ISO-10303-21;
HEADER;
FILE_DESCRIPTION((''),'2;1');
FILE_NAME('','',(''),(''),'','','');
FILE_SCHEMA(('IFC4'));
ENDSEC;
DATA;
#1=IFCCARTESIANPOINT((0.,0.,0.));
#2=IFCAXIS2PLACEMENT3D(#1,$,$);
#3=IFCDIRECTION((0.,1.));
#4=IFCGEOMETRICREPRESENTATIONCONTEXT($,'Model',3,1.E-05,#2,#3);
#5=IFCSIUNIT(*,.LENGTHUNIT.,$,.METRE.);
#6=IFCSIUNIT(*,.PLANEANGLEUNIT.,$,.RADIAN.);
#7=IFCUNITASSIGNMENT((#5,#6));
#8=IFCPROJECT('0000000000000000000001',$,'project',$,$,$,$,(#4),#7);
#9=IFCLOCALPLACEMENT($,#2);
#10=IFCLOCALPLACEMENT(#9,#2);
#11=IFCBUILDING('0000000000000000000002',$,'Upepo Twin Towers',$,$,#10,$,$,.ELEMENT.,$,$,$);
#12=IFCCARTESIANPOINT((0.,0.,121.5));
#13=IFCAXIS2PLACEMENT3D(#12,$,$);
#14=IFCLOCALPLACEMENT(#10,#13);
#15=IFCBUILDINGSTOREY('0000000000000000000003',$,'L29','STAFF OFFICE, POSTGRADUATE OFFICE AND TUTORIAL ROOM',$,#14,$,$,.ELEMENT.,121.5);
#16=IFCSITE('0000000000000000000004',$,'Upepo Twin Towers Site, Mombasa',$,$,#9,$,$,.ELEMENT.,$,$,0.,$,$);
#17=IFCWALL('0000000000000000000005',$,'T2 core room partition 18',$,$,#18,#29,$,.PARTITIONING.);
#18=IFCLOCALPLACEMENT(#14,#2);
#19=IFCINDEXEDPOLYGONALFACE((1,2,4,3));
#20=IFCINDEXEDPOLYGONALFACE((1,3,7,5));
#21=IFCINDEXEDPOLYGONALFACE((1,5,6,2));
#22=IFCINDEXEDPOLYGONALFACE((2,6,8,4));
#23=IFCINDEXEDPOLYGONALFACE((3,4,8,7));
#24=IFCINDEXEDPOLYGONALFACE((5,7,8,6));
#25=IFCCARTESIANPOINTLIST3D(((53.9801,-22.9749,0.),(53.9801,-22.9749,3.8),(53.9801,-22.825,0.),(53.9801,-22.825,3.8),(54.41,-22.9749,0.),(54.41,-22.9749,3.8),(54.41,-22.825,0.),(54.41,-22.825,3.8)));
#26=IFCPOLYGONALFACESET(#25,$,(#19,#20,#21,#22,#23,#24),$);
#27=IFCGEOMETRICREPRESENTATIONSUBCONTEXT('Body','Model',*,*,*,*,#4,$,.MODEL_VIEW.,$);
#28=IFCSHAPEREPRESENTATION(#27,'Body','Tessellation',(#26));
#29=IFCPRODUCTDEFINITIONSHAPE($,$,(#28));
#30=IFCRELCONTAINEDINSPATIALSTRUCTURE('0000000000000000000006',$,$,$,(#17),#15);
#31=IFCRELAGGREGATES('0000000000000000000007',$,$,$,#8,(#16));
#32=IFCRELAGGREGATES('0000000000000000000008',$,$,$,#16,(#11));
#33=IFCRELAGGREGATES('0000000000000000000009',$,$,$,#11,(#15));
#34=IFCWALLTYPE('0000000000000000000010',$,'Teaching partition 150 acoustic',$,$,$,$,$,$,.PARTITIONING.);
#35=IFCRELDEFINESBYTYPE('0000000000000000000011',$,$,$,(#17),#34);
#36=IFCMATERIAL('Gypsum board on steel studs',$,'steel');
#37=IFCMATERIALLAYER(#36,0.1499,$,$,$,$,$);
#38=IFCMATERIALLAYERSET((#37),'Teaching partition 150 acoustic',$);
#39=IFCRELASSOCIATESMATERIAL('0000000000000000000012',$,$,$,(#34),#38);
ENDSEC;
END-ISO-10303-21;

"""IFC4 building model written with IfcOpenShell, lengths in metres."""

from ifc_helpers import new_model, si_unit, direction, frame, frame_2d, origin, place, context, subcontext, project, spatial, rectangle, extrude, material, layer, layer_set, type_object, element, save


model = new_model("IFC4")

# Units and contexts
model_context = context("Model", 3, precision=1e-05, world=origin(), true_north=direction((0.0, 1.0)))
body_context = subcontext(model_context, "Body", "Model", "MODEL_VIEW")
ifc_project = project(units=[si_unit("LENGTHUNIT", "METRE"), si_unit("PLANEANGLEUNIT", "RADIAN")], contexts=[model_context])

# Site, building, storey
site_placement = place(None, origin())
site = spatial("IfcSite", under=ifc_project, at=site_placement, Name="Upepo Twin Towers Site, Mombasa", CompositionType="ELEMENT", RefElevation=0.0)
building_placement = place(site_placement, origin())
building = spatial("IfcBuilding", under=site, at=building_placement, Name="Upepo Twin Towers", CompositionType="ELEMENT")
storey_placement = place(building_placement, frame((0.0, 0.0, 121.5)))
storey = spatial("IfcBuildingStorey", under=building, at=storey_placement, Name="L29", Description="STAFF OFFICE, POSTGRADUATE OFFICE AND TUTORIAL ROOM", CompositionType="ELEMENT", Elevation=121.5)

# Shared definitions
ifc_material_1 = material(Name="Gypsum board on steel studs", Category="steel")
ifc_layer_1 = layer(ifc_material_1, 0.1499)
ifc_layer_set_1 = layer_set([ifc_layer_1], Name="Teaching partition 150 acoustic")
wall_type_1 = type_object("IfcWallType", Name="Teaching partition 150 acoustic", PredefinedType="PARTITIONING", material=ifc_layer_set_1)

# Wall
wall_1_placement = place(storey_placement, frame((54.4099, -22.8999, 0.0), z_axis=(0.0, 0.0, 1.0), x_axis=(-1.0, 0.0, 0.0)))
element("IfcWall", 1, at=wall_1_placement, inside=storey, type_object=wall_type_1, Name="T2 core room partition 18", PredefinedType="PARTITIONING", context=body_context, shape_type="SweptSolid", body=[
    extrude(rectangle(XDim=0.4299, YDim=0.1499, at=frame_2d((0.2148, 0.0))), origin(), (0.0, 0.0, 1.0), 3.8),
])

save(model, "model.ifc")
